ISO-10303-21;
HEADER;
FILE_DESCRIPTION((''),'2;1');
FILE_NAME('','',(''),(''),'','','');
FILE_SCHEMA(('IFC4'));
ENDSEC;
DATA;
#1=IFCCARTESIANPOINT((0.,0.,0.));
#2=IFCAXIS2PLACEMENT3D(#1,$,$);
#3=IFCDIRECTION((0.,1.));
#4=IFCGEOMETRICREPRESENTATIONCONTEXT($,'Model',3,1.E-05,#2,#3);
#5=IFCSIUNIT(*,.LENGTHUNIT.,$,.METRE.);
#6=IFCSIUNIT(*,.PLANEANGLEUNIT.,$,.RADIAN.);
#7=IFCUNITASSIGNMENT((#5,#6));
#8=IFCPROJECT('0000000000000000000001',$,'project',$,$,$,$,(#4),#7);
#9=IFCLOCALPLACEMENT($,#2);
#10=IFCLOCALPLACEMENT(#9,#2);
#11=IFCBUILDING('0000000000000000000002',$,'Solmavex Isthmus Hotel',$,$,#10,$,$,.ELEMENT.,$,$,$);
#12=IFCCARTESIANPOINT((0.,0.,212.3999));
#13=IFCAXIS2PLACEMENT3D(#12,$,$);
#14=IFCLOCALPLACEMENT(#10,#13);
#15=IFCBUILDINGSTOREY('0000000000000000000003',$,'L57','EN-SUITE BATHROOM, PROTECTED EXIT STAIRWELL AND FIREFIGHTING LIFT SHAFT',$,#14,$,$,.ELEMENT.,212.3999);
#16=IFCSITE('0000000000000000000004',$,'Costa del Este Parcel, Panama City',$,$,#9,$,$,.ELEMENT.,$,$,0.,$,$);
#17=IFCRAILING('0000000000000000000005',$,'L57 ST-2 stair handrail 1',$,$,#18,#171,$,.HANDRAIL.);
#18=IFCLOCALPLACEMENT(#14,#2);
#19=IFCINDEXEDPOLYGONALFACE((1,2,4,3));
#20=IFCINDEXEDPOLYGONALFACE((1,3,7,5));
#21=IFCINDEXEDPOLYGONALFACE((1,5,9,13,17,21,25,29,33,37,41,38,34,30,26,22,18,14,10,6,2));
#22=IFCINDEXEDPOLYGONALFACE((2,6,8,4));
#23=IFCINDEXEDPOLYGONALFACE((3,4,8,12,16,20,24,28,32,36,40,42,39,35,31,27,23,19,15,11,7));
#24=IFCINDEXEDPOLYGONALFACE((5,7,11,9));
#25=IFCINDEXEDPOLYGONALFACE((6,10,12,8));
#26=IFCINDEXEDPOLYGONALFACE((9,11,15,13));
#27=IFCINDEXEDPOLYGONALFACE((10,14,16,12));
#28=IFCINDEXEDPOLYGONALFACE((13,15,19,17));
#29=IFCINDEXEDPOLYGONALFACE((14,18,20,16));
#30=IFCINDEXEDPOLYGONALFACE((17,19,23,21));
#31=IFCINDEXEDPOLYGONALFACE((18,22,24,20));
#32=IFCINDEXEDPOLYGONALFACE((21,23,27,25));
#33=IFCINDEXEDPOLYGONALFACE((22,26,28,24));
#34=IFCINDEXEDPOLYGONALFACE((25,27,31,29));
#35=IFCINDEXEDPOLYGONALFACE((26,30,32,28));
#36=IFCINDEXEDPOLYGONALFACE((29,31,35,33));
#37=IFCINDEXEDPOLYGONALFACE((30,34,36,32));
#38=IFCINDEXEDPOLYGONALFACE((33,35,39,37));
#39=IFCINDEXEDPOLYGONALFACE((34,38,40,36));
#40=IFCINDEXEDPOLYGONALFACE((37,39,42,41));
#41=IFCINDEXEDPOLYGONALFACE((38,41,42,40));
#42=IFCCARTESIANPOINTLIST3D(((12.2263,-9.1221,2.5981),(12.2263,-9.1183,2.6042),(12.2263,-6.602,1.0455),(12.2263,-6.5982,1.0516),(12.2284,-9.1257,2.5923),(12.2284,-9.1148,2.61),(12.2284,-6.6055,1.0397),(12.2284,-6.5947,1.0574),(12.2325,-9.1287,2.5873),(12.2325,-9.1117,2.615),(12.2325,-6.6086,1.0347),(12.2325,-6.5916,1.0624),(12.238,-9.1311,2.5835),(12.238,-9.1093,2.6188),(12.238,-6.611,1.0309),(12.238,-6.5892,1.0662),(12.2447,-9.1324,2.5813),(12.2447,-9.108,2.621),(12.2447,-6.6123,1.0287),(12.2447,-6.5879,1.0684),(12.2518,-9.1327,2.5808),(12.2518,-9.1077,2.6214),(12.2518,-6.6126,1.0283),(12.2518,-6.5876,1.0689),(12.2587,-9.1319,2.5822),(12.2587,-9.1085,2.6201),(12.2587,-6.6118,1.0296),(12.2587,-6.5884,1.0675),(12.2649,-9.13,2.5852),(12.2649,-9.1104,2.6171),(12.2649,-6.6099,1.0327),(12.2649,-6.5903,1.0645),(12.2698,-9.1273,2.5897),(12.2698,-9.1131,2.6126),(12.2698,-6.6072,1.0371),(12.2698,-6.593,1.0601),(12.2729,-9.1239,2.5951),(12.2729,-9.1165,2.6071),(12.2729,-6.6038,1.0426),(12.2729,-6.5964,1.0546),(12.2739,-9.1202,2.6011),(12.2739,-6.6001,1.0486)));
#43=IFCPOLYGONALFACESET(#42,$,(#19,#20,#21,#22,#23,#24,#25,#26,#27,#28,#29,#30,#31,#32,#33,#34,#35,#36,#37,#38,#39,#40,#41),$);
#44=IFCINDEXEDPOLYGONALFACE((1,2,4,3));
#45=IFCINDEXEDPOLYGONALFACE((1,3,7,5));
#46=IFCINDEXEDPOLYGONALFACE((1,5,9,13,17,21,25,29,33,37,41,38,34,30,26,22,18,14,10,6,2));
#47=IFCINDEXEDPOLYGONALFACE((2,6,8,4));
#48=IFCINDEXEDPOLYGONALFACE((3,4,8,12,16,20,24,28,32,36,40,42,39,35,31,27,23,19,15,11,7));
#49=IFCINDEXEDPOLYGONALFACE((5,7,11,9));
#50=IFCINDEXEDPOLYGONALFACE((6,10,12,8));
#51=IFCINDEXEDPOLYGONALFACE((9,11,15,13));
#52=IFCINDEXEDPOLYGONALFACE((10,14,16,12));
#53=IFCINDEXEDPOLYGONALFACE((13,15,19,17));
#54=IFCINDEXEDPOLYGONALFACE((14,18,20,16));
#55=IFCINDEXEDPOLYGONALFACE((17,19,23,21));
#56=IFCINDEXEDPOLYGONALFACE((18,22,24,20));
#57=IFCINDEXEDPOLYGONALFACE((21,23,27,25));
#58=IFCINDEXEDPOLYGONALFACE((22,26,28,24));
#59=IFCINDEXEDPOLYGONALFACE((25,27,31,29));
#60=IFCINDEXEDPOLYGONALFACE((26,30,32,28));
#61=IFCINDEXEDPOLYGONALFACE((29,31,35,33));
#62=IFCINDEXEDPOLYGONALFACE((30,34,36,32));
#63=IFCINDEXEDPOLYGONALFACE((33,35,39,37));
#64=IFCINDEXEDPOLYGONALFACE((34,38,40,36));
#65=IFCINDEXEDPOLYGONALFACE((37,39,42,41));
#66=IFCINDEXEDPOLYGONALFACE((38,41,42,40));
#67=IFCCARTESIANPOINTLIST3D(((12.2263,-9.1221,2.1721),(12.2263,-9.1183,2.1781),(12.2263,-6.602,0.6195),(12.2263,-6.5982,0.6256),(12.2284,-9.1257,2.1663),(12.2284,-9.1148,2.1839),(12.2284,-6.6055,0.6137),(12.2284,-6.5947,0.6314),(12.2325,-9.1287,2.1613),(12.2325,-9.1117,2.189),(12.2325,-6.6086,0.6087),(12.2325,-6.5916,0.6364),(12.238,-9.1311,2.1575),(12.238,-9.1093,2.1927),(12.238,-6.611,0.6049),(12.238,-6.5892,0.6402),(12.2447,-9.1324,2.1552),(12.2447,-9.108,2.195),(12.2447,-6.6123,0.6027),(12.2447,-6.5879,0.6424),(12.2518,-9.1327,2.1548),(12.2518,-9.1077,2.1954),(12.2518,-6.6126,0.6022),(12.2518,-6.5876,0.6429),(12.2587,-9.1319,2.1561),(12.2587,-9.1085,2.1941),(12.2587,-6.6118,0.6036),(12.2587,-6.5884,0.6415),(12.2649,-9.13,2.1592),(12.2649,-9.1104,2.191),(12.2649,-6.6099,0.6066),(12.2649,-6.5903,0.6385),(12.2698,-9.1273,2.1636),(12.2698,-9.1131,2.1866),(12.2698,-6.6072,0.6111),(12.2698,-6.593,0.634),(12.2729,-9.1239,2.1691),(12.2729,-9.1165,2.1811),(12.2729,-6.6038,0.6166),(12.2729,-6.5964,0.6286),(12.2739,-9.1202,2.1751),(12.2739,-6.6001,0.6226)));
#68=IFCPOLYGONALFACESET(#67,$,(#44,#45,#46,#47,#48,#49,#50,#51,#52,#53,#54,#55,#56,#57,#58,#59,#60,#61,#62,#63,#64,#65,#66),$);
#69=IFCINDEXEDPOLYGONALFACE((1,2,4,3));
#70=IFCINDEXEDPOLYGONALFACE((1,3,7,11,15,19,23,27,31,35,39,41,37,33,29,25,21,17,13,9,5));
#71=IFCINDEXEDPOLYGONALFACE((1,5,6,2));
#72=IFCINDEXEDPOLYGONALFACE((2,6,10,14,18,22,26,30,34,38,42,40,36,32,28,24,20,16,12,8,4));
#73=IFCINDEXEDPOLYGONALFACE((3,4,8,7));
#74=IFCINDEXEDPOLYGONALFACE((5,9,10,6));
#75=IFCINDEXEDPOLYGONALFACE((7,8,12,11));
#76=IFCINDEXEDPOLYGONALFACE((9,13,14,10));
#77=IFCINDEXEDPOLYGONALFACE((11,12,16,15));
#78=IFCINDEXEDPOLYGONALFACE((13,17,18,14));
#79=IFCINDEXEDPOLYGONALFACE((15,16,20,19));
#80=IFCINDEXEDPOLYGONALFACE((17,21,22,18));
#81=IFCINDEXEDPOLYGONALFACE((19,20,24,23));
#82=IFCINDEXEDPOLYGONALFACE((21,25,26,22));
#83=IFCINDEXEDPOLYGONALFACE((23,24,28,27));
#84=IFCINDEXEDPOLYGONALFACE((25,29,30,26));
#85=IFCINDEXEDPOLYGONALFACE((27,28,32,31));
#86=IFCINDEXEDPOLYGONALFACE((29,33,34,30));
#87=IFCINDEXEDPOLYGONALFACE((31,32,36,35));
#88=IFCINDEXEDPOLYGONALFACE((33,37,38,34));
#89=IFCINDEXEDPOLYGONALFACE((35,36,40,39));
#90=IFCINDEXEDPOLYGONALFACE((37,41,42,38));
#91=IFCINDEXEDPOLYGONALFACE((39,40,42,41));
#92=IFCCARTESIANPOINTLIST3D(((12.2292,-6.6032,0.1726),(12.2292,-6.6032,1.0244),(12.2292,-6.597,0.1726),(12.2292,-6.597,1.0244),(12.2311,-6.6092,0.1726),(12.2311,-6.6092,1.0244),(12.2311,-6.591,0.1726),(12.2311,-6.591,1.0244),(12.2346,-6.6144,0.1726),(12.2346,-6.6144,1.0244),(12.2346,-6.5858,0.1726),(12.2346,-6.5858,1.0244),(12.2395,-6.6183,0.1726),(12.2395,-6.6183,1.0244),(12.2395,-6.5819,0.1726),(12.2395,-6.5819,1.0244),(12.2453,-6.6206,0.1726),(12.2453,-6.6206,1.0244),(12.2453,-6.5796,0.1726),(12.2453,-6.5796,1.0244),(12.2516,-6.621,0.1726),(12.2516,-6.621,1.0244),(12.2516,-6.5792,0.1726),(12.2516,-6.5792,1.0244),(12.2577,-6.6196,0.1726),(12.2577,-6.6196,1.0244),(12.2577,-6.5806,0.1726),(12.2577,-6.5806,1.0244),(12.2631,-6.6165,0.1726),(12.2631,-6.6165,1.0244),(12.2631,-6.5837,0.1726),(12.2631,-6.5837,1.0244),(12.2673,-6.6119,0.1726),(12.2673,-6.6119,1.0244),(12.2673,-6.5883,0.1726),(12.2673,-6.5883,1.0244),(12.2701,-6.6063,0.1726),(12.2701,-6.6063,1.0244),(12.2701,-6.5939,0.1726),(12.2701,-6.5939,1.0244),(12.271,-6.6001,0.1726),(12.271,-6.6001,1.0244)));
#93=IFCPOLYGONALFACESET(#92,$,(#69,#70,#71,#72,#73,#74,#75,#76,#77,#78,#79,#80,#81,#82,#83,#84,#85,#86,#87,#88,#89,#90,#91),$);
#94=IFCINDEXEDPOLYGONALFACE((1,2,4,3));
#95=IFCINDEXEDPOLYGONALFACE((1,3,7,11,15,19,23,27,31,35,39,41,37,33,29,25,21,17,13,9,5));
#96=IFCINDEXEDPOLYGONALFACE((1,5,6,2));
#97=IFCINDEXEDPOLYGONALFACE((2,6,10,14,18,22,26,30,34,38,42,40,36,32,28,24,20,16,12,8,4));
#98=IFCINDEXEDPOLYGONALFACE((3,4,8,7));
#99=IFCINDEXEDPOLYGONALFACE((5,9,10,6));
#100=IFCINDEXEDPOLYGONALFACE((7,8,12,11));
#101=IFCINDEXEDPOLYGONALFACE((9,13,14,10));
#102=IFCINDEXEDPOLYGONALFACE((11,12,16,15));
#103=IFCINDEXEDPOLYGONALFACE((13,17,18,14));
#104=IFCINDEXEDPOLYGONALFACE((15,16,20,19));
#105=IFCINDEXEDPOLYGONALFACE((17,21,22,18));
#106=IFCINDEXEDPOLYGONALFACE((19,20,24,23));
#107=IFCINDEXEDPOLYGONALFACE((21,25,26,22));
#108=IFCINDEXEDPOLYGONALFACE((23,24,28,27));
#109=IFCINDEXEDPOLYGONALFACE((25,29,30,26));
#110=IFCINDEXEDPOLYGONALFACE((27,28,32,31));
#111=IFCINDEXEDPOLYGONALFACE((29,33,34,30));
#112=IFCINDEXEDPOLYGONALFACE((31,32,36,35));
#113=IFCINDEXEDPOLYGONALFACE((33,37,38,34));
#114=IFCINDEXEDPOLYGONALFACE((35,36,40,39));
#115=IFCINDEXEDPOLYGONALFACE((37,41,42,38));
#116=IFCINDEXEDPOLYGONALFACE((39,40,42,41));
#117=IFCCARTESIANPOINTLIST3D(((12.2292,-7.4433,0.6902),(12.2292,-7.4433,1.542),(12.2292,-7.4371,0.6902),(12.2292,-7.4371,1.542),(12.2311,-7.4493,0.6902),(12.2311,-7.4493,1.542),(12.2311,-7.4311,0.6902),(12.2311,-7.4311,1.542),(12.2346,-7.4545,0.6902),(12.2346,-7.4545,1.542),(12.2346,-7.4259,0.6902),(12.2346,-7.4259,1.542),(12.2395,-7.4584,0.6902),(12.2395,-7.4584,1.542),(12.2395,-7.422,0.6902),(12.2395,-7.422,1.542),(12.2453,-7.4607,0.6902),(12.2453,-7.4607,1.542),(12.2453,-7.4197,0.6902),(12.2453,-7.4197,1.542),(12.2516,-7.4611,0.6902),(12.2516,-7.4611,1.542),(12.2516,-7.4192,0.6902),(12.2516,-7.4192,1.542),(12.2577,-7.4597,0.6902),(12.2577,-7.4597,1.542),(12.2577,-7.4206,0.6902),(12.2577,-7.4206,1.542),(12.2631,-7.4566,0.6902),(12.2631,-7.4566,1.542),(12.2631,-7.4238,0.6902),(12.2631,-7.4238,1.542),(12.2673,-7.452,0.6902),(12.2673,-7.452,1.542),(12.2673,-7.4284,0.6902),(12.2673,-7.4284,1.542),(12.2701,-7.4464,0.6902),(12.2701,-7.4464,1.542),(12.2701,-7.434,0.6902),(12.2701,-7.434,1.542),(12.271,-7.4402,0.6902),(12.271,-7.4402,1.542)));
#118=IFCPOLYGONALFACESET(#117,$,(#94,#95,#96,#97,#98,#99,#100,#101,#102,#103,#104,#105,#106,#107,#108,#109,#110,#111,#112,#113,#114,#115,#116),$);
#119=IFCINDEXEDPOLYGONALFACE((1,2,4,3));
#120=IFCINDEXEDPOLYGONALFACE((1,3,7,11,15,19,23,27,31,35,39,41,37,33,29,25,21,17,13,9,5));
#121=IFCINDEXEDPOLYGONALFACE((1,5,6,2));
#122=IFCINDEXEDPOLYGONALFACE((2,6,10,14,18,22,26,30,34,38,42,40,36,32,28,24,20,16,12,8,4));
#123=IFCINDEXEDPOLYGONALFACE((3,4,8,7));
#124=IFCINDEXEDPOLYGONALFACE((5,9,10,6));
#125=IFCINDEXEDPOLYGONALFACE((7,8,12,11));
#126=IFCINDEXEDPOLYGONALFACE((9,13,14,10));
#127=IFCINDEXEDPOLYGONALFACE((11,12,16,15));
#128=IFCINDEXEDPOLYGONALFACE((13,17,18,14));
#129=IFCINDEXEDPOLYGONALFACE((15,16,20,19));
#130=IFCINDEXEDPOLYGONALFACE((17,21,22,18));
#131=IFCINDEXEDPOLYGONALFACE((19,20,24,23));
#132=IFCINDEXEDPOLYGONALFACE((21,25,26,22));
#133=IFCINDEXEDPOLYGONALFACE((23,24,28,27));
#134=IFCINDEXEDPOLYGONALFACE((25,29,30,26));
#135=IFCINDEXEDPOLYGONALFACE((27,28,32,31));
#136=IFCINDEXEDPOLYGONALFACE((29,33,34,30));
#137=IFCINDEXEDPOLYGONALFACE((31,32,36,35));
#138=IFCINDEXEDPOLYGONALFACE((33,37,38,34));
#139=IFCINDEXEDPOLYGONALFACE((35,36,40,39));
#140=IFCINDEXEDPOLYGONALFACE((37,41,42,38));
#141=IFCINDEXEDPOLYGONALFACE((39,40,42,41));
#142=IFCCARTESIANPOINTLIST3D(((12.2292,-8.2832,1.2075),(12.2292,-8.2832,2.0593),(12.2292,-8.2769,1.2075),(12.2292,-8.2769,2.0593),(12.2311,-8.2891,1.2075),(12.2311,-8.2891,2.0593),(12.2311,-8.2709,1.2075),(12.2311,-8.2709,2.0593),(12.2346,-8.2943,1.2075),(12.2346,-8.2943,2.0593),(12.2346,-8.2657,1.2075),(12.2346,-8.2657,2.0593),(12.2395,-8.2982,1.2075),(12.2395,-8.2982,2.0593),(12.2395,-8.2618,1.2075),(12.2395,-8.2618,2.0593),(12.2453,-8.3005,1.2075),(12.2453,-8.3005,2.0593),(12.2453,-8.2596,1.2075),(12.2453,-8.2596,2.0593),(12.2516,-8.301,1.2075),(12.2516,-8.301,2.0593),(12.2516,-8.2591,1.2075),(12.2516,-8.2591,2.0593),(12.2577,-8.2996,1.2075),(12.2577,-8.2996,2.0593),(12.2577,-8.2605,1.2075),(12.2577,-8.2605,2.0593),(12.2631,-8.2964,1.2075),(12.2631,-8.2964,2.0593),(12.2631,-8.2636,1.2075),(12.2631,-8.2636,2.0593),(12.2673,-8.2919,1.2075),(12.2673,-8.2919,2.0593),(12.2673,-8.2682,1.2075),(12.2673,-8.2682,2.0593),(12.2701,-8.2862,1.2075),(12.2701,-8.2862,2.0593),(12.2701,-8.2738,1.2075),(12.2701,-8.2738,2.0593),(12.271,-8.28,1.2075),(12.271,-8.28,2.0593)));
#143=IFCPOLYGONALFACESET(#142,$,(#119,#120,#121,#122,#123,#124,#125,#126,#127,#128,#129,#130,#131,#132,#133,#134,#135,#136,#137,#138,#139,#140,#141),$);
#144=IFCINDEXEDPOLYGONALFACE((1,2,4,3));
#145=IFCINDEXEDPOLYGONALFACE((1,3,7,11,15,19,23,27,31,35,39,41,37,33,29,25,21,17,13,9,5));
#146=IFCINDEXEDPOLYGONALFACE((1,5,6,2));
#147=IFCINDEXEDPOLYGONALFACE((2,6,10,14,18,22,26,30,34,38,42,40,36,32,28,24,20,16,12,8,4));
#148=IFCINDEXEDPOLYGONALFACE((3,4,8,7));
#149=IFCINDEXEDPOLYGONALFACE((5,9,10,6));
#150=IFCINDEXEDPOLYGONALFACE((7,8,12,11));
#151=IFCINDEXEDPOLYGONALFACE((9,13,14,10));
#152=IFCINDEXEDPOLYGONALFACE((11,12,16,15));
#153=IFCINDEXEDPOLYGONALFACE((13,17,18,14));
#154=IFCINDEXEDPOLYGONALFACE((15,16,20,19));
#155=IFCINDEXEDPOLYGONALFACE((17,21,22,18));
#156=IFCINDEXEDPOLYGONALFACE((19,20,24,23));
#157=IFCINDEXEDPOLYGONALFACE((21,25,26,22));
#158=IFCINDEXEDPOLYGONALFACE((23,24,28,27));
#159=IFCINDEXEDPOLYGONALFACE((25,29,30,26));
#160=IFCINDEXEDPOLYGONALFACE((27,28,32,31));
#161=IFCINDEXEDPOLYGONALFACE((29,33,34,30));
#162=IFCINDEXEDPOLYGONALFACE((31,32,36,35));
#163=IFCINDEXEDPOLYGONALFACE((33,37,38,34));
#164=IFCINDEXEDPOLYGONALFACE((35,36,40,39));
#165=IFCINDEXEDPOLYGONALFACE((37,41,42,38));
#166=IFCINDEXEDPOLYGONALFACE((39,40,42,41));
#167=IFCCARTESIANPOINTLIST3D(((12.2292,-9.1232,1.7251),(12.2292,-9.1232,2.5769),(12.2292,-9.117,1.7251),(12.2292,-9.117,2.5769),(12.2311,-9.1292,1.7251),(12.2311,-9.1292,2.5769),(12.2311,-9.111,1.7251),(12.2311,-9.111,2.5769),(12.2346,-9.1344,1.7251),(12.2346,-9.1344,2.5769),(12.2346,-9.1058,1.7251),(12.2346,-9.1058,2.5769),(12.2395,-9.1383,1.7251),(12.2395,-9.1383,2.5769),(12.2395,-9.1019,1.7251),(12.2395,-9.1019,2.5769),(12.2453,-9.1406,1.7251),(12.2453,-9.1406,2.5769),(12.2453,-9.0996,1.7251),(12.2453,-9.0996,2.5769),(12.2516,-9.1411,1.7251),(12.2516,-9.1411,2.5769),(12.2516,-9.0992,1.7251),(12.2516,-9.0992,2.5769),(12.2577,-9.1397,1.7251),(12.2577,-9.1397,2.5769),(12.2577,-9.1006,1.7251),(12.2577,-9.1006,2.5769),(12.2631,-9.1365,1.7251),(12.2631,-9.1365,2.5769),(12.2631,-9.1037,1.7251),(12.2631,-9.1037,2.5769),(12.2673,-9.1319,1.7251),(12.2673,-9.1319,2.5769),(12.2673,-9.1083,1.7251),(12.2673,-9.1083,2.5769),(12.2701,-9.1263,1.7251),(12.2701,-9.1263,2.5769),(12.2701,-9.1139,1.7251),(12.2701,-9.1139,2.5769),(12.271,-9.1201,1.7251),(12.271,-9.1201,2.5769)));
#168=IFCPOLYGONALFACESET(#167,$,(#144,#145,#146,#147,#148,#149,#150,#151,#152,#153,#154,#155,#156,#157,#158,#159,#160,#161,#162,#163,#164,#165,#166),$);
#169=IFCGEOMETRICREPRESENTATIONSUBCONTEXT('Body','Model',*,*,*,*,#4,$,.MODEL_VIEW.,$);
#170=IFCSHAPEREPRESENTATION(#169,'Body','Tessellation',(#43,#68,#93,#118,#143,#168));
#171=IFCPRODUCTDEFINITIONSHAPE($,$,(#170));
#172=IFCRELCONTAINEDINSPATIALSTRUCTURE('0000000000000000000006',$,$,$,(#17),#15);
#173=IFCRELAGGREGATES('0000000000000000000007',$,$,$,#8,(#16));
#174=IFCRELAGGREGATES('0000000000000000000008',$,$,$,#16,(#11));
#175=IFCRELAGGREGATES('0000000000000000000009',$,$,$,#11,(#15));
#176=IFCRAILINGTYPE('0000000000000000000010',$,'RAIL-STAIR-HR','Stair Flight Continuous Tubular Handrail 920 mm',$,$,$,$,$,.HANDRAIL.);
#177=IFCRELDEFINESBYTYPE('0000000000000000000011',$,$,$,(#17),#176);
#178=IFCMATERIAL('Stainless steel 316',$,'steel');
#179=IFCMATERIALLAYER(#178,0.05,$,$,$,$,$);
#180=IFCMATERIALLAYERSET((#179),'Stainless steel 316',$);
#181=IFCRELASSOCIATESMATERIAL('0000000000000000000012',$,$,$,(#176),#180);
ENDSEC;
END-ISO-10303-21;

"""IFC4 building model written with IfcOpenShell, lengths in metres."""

from ifc_helpers import new_model, si_unit, direction, frame, origin, origin_2d, place, context, subcontext, project, spatial, circle, extrude, material, layer, layer_set, type_object, element, save


model = new_model("IFC4")

# Units and contexts
model_context = context("Model", 3, precision=1e-05, world=origin(), true_north=direction((0.0, 1.0)))
body_context = subcontext(model_context, "Body", "Model", "MODEL_VIEW")
ifc_project = project(units=[si_unit("LENGTHUNIT", "METRE"), si_unit("PLANEANGLEUNIT", "RADIAN")], contexts=[model_context])

# Site, building, storey
site_placement = place(None, origin())
site = spatial("IfcSite", under=ifc_project, at=site_placement, Name="Costa del Este Parcel, Panama City", CompositionType="ELEMENT", RefElevation=0.0)
building_placement = place(site_placement, origin())
building = spatial("IfcBuilding", under=site, at=building_placement, Name="Solmavex Isthmus Hotel", CompositionType="ELEMENT")
storey_placement = place(building_placement, frame((0.0, 0.0, 212.3999)))
storey = spatial("IfcBuildingStorey", under=building, at=storey_placement, Name="L57", Description="EN-SUITE BATHROOM, PROTECTED EXIT STAIRWELL AND FIREFIGHTING LIFT SHAFT", CompositionType="ELEMENT", Elevation=212.3999)

# Shared definitions
ifc_material_1 = material(Name="Stainless steel 316", Category="steel")

# Railing
ifc_layer_1 = layer(ifc_material_1, 0.05)
ifc_layer_set_1 = layer_set([ifc_layer_1], Name="Stainless steel 316")
railing_type = type_object("IfcRailingType", Name="RAIL-STAIR-HR", Description="Stair Flight Continuous Tubular Handrail 920 mm", PredefinedType="HANDRAIL", material=ifc_layer_set_1)
railing_placement = place(storey_placement, frame((12.25, -6.6001, 0.1726)))
element("IfcRailing", 1, at=railing_placement, inside=storey, type_object=railing_type, Name="L57 ST-2 stair handrail 1", PredefinedType="HANDRAIL", context=body_context, shape_type="SweptSolid", body=[
    extrude(circle(Radius=0.0239, at=origin_2d()), frame((0.0, 0.0, 0.876), z_axis=(0.0, -0.8514, 0.524516), x_axis=(1.0, 0.0, 0.0)), (0.0, 0.0, 1.0), 2.96),
    extrude(circle(Radius=0.0239, at=origin_2d()), frame((0.0, 0.0, 0.45), z_axis=(0.0, -0.8514, 0.524516), x_axis=(1.0, 0.0, 0.0)), (0.0, 0.0, 1.0), 2.96),
    extrude(circle(Radius=0.021, at=origin_2d()), origin(), (0.0, 0.0, 1.0), 0.8518),
    extrude(circle(Radius=0.021, at=origin_2d()), frame((0.0, -0.8401, 0.5176)), (0.0, 0.0, 1.0), 0.8518),
    extrude(circle(Radius=0.021, at=origin_2d()), frame((0.0, -1.6799, 1.0349)), (0.0, 0.0, 1.0), 0.8518),
    extrude(circle(Radius=0.021, at=origin_2d()), frame((0.0, -2.52, 1.5525)), (0.0, 0.0, 1.0), 0.8518),
])

save(model, "model.ifc")
